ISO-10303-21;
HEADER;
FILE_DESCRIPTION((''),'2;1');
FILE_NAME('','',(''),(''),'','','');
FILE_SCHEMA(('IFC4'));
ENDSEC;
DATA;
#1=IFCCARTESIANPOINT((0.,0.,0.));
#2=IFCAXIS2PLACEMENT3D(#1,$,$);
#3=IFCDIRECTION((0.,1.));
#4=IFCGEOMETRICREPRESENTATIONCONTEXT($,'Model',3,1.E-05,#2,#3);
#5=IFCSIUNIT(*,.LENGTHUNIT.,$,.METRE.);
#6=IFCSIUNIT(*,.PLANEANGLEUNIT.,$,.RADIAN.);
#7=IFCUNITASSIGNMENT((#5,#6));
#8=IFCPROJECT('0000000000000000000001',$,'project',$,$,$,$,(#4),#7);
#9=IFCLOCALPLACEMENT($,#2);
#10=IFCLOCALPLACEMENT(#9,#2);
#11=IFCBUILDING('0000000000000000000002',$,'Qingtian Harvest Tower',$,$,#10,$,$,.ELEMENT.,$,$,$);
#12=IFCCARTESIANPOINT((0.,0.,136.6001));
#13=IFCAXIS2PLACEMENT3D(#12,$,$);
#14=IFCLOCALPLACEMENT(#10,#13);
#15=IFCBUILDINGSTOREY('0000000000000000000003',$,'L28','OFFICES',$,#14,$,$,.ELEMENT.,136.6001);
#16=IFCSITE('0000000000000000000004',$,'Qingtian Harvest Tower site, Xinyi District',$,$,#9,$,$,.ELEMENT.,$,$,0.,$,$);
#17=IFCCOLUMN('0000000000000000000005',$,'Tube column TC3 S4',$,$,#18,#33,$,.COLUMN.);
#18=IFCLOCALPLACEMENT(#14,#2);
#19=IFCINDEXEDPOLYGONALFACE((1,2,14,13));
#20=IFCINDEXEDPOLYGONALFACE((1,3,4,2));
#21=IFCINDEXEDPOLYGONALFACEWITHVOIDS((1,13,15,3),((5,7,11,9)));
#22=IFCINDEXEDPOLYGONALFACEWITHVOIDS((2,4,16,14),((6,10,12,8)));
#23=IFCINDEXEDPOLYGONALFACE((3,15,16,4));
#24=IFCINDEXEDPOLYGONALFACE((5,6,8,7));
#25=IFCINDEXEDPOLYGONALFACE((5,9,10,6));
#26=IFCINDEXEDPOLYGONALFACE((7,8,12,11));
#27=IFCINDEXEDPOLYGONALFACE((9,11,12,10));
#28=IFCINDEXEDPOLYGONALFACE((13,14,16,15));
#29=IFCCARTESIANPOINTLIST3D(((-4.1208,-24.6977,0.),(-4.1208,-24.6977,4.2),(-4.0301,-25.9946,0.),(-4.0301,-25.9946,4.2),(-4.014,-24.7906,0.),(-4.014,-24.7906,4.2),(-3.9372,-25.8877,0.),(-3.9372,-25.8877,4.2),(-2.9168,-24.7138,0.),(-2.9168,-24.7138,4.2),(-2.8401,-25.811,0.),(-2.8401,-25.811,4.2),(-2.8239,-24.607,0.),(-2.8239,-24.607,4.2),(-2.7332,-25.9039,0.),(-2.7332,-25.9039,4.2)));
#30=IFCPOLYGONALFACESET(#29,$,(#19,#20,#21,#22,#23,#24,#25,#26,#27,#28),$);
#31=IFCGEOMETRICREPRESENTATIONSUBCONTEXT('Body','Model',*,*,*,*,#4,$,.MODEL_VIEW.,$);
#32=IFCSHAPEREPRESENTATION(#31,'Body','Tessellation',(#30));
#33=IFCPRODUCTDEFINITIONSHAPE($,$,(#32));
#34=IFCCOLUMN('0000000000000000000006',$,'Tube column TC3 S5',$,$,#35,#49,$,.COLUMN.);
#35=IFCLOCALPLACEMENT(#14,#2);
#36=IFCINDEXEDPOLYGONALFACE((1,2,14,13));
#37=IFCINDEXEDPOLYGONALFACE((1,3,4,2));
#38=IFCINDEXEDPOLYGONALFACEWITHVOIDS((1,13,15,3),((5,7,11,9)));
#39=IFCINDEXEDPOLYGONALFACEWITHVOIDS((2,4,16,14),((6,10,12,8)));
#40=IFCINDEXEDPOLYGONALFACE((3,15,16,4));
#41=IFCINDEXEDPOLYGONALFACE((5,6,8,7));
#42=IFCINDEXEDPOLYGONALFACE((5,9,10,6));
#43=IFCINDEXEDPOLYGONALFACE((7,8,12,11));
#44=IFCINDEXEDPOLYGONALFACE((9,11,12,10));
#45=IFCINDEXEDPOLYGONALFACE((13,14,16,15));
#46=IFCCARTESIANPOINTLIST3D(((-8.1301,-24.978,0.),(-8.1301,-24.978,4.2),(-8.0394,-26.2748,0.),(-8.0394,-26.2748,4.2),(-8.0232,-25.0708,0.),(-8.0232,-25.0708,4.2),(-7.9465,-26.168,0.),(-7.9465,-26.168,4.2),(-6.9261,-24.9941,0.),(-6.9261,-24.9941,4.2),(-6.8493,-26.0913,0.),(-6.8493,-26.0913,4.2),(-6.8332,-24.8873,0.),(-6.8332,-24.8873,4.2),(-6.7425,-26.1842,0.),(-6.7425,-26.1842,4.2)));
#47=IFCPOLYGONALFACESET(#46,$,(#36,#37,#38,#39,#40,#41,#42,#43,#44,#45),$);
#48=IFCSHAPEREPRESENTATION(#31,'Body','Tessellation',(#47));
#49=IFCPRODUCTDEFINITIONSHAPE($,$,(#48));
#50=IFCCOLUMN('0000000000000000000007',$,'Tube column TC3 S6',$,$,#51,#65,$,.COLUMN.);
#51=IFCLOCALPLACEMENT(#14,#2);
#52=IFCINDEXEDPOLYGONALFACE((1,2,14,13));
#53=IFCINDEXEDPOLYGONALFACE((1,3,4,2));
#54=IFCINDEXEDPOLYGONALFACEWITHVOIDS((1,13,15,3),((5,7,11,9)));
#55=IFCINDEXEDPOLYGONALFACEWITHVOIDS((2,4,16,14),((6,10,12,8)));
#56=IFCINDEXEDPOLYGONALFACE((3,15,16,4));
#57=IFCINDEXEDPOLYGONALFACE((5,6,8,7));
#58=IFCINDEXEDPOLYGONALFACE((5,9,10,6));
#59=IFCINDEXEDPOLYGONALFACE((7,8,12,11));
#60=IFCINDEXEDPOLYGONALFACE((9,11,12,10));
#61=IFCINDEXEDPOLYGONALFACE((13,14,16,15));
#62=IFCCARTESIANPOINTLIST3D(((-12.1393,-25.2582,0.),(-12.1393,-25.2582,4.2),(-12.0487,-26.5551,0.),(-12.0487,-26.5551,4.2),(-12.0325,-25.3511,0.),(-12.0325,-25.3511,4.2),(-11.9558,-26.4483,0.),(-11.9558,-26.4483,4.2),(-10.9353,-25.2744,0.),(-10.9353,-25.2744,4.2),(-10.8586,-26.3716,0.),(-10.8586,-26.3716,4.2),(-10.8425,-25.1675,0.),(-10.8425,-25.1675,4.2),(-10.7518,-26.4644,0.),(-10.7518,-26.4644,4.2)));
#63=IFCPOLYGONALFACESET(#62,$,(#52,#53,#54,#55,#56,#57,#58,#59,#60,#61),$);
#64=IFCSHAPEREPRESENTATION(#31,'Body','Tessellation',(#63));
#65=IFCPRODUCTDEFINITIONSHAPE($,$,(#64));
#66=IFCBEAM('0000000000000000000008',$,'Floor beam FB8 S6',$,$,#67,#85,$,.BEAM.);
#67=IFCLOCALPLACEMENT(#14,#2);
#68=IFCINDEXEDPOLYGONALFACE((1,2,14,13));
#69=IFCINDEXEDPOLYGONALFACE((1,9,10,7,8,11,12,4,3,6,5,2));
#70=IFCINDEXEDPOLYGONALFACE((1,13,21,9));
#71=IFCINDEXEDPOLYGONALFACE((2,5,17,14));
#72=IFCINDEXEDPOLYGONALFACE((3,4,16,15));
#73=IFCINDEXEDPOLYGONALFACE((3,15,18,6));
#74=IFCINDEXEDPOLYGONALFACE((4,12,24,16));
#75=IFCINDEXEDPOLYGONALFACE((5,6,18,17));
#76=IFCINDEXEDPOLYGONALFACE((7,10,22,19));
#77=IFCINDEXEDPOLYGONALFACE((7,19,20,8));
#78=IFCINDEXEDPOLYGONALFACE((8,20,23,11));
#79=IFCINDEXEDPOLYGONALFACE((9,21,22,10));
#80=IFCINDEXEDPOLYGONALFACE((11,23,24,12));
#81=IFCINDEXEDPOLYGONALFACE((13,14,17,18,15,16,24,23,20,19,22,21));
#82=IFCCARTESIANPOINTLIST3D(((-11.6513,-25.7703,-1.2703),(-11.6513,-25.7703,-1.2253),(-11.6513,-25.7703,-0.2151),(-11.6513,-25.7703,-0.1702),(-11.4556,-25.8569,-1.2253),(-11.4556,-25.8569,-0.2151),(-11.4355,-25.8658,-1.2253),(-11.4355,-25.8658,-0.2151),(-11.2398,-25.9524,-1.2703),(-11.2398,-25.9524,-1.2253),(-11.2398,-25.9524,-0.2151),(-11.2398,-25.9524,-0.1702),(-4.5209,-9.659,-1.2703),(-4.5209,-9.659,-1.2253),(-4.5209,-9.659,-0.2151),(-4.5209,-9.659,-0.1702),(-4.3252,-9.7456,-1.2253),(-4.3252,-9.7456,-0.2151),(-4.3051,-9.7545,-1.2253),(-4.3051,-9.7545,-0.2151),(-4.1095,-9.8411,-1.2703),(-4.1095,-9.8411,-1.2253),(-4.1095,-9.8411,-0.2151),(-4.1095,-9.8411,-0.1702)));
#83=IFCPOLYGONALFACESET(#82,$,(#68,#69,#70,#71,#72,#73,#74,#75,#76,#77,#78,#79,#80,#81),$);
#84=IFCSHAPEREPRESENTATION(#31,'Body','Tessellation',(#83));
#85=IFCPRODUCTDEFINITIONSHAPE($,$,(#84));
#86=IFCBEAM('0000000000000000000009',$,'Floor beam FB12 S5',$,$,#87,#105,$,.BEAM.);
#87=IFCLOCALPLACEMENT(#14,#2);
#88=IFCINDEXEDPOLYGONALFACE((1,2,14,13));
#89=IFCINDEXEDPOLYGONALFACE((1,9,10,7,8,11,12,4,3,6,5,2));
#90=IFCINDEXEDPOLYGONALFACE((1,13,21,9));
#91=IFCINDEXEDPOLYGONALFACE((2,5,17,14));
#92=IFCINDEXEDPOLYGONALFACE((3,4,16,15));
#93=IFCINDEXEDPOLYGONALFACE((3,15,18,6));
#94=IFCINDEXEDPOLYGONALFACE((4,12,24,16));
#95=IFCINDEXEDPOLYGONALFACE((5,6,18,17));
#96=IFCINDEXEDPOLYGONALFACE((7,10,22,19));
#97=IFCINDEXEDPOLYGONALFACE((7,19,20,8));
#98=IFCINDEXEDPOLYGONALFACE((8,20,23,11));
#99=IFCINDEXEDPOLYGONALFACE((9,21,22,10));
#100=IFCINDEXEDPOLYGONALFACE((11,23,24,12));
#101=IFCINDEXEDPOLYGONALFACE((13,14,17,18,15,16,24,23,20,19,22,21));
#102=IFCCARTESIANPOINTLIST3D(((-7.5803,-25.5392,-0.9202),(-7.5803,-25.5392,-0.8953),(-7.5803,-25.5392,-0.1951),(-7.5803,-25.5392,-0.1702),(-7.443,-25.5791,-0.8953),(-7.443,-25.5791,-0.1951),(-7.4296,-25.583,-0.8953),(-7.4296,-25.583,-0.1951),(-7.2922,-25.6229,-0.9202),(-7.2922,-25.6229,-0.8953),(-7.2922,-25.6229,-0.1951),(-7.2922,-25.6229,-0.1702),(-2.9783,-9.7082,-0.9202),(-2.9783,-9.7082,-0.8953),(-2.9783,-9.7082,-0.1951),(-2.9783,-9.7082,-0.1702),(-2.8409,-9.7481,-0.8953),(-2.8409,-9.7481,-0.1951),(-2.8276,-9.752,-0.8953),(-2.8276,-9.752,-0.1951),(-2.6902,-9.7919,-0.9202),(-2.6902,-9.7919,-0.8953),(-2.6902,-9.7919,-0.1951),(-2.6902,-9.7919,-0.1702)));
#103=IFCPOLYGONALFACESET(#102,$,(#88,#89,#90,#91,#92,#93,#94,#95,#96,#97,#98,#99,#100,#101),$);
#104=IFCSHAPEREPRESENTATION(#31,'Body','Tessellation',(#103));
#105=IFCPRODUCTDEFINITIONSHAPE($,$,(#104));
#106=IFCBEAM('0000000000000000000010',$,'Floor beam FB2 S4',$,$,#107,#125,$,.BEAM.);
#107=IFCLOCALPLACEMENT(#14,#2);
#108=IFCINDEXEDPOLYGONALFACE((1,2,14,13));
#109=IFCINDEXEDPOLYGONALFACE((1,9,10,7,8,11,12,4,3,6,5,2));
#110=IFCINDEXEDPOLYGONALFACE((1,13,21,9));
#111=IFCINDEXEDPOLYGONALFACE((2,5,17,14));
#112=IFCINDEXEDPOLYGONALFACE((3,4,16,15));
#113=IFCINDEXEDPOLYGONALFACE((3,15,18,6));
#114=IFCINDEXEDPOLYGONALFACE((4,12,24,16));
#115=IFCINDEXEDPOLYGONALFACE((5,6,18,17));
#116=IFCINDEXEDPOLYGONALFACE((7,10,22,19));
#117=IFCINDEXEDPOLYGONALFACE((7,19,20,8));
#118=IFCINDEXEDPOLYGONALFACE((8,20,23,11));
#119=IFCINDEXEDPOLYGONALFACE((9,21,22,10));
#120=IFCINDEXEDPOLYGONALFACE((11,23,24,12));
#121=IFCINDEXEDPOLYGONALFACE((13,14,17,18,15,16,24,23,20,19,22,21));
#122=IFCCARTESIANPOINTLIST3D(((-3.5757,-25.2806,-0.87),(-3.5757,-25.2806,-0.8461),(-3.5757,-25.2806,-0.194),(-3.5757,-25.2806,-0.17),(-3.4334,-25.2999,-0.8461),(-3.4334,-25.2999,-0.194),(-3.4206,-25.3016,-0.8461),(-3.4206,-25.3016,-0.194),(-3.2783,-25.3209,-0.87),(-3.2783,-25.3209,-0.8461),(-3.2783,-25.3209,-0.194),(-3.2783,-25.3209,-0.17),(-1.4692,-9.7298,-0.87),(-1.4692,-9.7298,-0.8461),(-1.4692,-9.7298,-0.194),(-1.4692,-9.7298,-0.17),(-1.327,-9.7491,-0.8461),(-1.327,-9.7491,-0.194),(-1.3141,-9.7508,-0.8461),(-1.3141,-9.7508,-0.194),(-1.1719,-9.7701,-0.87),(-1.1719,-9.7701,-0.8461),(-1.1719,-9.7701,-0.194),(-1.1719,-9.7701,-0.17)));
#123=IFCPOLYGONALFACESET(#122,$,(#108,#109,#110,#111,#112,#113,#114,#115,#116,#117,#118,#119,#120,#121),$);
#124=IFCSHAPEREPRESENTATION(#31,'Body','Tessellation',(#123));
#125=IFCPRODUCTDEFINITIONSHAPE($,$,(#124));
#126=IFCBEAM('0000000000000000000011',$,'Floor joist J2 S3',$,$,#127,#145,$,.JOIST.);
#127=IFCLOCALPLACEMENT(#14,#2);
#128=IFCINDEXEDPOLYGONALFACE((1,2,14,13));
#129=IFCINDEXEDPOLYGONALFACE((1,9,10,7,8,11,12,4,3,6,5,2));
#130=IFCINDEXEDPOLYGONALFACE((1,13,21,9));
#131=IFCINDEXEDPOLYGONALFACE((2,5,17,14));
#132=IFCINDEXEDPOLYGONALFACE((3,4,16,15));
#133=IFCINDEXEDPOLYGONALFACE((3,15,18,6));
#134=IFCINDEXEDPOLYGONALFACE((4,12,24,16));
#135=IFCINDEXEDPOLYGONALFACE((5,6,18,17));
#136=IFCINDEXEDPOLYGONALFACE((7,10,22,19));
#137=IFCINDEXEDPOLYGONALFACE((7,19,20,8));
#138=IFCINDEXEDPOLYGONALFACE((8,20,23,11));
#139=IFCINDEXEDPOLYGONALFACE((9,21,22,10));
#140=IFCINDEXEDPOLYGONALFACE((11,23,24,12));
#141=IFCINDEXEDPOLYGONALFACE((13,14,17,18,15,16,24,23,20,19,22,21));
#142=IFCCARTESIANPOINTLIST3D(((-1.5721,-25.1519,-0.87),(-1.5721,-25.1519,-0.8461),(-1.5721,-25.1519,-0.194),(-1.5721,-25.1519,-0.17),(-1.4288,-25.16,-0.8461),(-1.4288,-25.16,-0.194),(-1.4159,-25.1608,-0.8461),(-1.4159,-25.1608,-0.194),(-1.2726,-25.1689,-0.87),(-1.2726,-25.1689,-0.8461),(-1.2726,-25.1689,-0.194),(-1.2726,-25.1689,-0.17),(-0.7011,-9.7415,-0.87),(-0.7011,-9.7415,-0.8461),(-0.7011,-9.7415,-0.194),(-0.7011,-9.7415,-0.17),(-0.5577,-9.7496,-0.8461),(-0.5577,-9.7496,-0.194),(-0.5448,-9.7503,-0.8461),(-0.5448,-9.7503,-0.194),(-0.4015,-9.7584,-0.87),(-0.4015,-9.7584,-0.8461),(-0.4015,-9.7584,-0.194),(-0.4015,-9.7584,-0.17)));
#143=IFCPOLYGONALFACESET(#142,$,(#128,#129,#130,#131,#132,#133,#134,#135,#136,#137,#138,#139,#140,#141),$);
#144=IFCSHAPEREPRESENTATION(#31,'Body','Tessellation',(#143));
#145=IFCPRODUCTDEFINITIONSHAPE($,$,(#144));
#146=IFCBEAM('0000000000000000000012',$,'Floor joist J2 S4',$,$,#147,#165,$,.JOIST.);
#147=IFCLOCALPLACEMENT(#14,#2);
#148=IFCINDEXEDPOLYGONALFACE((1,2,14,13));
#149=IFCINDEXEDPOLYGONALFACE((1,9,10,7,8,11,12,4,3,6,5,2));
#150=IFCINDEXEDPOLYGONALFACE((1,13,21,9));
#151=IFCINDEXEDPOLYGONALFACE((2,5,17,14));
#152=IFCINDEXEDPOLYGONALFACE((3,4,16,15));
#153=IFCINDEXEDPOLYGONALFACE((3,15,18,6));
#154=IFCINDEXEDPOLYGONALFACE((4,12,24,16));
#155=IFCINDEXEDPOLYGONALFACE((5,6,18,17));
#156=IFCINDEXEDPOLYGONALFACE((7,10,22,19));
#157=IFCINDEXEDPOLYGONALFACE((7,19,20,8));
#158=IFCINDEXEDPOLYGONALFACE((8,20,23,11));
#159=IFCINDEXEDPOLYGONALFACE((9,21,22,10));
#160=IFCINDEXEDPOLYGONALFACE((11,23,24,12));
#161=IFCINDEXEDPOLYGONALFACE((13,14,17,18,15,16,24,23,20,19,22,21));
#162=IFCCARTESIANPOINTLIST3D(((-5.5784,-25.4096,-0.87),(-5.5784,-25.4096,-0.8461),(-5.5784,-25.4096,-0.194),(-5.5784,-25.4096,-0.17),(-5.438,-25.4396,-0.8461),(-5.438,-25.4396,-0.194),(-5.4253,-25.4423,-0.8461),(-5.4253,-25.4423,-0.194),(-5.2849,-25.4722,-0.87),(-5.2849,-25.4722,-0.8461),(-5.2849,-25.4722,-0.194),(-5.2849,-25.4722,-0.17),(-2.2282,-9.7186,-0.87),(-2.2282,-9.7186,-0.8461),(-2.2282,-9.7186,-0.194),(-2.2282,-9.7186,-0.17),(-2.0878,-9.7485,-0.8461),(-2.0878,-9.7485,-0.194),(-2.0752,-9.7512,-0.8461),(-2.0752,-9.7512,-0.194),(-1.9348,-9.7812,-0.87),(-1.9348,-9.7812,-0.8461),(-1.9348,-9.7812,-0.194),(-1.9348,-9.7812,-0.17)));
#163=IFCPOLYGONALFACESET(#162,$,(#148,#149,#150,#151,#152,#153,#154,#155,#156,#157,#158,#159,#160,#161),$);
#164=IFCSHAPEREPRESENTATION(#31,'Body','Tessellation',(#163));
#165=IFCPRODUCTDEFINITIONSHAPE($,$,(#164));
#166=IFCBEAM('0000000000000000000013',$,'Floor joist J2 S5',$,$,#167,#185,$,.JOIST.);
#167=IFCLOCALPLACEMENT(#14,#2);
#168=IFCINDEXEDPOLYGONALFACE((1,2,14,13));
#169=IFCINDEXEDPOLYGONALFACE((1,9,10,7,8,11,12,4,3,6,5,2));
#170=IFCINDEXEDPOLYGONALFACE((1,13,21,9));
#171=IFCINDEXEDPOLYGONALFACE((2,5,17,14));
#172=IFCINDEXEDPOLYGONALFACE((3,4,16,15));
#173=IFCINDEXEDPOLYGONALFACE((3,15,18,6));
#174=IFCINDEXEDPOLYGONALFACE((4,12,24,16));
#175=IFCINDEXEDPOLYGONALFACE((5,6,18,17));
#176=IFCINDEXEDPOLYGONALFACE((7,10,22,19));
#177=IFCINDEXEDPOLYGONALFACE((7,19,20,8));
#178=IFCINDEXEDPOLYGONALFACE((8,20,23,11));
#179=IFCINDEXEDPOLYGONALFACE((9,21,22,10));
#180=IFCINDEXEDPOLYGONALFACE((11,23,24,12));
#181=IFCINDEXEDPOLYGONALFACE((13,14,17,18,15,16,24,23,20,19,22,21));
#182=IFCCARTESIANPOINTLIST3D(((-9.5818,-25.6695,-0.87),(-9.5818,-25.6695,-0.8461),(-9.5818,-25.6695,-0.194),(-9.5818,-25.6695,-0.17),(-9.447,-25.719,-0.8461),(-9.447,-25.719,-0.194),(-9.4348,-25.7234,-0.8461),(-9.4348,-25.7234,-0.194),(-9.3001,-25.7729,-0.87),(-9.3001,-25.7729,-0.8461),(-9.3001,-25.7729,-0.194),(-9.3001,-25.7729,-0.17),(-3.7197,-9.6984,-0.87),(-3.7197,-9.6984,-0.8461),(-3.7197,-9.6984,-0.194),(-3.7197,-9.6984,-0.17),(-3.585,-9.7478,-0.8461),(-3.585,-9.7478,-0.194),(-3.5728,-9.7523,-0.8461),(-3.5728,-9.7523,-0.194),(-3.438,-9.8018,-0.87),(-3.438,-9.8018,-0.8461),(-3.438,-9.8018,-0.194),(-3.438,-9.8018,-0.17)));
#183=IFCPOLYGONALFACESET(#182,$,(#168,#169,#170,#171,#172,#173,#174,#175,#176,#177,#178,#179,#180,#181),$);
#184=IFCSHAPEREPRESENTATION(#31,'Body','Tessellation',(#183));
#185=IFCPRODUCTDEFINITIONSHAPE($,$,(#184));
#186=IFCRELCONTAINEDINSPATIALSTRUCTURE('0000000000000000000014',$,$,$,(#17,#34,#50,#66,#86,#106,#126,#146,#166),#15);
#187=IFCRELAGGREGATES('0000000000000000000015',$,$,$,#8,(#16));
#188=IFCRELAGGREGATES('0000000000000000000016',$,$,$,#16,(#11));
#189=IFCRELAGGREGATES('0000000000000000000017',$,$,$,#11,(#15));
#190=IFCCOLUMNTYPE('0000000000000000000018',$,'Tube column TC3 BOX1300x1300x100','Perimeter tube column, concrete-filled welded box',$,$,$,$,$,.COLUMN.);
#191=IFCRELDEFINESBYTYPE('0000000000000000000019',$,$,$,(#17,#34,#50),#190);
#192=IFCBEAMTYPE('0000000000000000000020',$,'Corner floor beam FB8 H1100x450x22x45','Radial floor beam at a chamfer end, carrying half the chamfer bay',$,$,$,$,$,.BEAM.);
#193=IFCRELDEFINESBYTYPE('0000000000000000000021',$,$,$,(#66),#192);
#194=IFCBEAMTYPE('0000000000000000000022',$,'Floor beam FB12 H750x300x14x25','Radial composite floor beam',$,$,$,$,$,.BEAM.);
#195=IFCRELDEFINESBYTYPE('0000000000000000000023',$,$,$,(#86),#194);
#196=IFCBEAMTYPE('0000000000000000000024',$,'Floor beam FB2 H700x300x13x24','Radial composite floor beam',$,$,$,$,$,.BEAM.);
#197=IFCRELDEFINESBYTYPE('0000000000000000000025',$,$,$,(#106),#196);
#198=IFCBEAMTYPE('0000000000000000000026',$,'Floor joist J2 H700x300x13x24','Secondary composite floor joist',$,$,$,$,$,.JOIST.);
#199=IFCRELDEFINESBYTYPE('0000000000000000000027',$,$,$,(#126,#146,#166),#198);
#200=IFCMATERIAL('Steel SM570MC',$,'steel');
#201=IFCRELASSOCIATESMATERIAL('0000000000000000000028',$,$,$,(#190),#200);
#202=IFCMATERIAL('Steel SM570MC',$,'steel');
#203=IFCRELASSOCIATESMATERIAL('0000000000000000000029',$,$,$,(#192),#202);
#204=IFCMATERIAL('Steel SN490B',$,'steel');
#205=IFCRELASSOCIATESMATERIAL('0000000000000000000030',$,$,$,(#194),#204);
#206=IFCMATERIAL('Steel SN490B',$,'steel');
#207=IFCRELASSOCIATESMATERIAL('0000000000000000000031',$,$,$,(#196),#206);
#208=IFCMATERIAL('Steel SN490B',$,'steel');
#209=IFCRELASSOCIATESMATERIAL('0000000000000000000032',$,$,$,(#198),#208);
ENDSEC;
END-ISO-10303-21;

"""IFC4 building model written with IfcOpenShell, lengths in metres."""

from ifc_helpers import new_model, si_unit, direction, frame, origin, origin_2d, place, context, subcontext, project, spatial, hollow_rectangle, i_section, extrude, material, material_profile, profile_set, type_object, element, save


model = new_model("IFC4")

# Units and contexts
model_context = context("Model", 3, precision=1e-05, world=origin(), true_north=direction((0.0, 1.0)))
body_context = subcontext(model_context, "Body", "Model", "MODEL_VIEW")
ifc_project = project(units=[si_unit("LENGTHUNIT", "METRE"), si_unit("PLANEANGLEUNIT", "RADIAN")], contexts=[model_context])

# Site, building, storey
site_placement = place(None, origin())
site = spatial("IfcSite", under=ifc_project, at=site_placement, Name="Qingtian Harvest Tower site, Xinyi District", CompositionType="ELEMENT", RefElevation=0.0)
building_placement = place(site_placement, origin())
building = spatial("IfcBuilding", under=site, at=building_placement, Name="Qingtian Harvest Tower", CompositionType="ELEMENT")
storey_placement = place(building_placement, frame((0.0, 0.0, 136.6001)))
storey = spatial("IfcBuildingStorey", under=building, at=storey_placement, Name="L28", Description="OFFICES", CompositionType="ELEMENT", Elevation=136.6001)

# Columns
ifc_material_1 = material(Name="Steel SM570MC", Category="steel")
ifc_material_profile_1 = material_profile(ifc_material_1, hollow_rectangle(XDim=1.3, YDim=1.3, WallThickness=0.1001, at=origin_2d()), Name="BOX1300x1300x100")
ifc_profile_set_1 = profile_set([ifc_material_profile_1], Name="Steel SM570MC")
column_type = type_object("IfcColumnType", Name="Tube column TC3 BOX1300x1300x100", Description="Perimeter tube column, concrete-filled welded box", PredefinedType="COLUMN", material=ifc_profile_set_1)
for number, where, z_axis, x_axis, name in (
    (1, (-3.427, -25.3008, 0.0), (0.0, 0.0, 1.0), (0.997564, 0.069756, 0.0), "Tube column TC3 S4"),
    (2, (-7.4363, -25.5811, 0.0), (0.0, 0.0, 1.0), (0.997564, 0.069756, 0.0), "Tube column TC3 S5"),
    (3, (-11.4456, -25.8613, 0.0), (0.0, 0.0, 1.0), (0.997564, 0.069756, 0.0), "Tube column TC3 S6"),
):
    element("IfcColumn", number, at=place(storey_placement, frame(where, z_axis=z_axis, x_axis=x_axis)), inside=storey, type_object=column_type, Name=name, PredefinedType="COLUMN", context=body_context, shape_type="SweptSolid", body=[
        extrude(hollow_rectangle(XDim=1.3, YDim=1.3, WallThickness=0.1001, at=origin_2d()), origin(), (0.0, 0.0, 1.0), 4.2),
    ])

# Beams
ifc_material_2 = material(Name="Steel SM570MC", Category="steel")
ifc_material_profile_2 = material_profile(ifc_material_2, i_section(OverallWidth=0.45, OverallDepth=1.1001, WebThickness=0.022, FlangeThickness=0.0449, at=origin_2d()), Name="H1100x450x22x45")
ifc_profile_set_2 = profile_set([ifc_material_profile_2], Name="Steel SM570MC")
beam_type_1 = type_object("IfcBeamType", Name="Corner floor beam FB8 H1100x450x22x45", Description="Radial floor beam at a chamfer end, carrying half the chamfer bay", PredefinedType="BEAM", material=ifc_profile_set_2)
beam_1_placement = place(storey_placement, frame((-11.4456, -25.8613, -0.7202), z_axis=(0.404706, 0.914447, 0.0), x_axis=(-0.914447, 0.404706, 0.0)))
element("IfcBeam", 4, at=beam_1_placement, inside=storey, type_object=beam_type_1, Name="Floor beam FB8 S6", PredefinedType="BEAM", context=body_context, shape_type="SweptSolid", body=[
    extrude(i_section(OverallWidth=0.45, OverallDepth=1.1001, WebThickness=0.022, FlangeThickness=0.0449, at=origin_2d()), origin(), (0.0, 0.0, 1.0), 17.6187),
])
ifc_material_3 = material(Name="Steel SN490B", Category="steel")
ifc_material_profile_3 = material_profile(ifc_material_3, i_section(OverallWidth=0.3, OverallDepth=0.75, WebThickness=0.0139, FlangeThickness=0.0249, at=origin_2d()), Name="H750x300x14x25")
ifc_profile_set_3 = profile_set([ifc_material_profile_3], Name="Steel SN490B")
beam_type_2 = type_object("IfcBeamType", Name="Floor beam FB12 H750x300x14x25", Description="Radial composite floor beam", PredefinedType="BEAM", material=ifc_profile_set_3)
beam_2_placement = place(storey_placement, frame((-7.4363, -25.5811, -0.5452), z_axis=(0.279142, 0.96025, 0.0), x_axis=(-0.96025, 0.279142, 0.0)))
element("IfcBeam", 5, at=beam_2_placement, inside=storey, type_object=beam_type_2, Name="Floor beam FB12 S5", PredefinedType="BEAM", context=body_context, shape_type="SweptSolid", body=[
    extrude(i_section(OverallWidth=0.3, OverallDepth=0.75, WebThickness=0.0139, FlangeThickness=0.0249, at=origin_2d()), origin(), (0.0, 0.0, 1.0), 16.4863),
])
ifc_material_4 = material(Name="Steel SN490B", Category="steel")
ifc_material_profile_4 = material_profile(ifc_material_4, i_section(OverallWidth=0.3, OverallDepth=0.7, WebThickness=0.0129, FlangeThickness=0.0239, at=origin_2d()), Name="H700x300x13x24")
ifc_profile_set_4 = profile_set([ifc_material_profile_4], Name="Steel SN490B")
beam_type_3 = type_object("IfcBeamType", Name="Floor beam FB2 H700x300x13x24", Description="Radial composite floor beam", PredefinedType="BEAM", material=ifc_profile_set_4)
beam_3_placement = place(storey_placement, frame((-3.427, -25.3008, -0.52), z_axis=(0.13423, 0.99095, 0.0), x_axis=(-0.99095, 0.13423, 0.0)))
element("IfcBeam", 6, at=beam_3_placement, inside=storey, type_object=beam_type_3, Name="Floor beam FB2 S4", PredefinedType="BEAM", context=body_context, shape_type="SweptSolid", body=[
    extrude(i_section(OverallWidth=0.3, OverallDepth=0.7, WebThickness=0.0129, FlangeThickness=0.0239, at=origin_2d()), origin(), (0.0, 0.0, 1.0), 15.6929),
])
ifc_material_5 = material(Name="Steel SN490B", Category="steel")
ifc_material_profile_5 = material_profile(ifc_material_5, i_section(OverallWidth=0.3, OverallDepth=0.7, WebThickness=0.0129, FlangeThickness=0.0239, at=origin_2d()), Name="H700x300x13x24")
ifc_profile_set_5 = profile_set([ifc_material_profile_5], Name="Steel SN490B")
beam_type_4 = type_object("IfcBeamType", Name="Floor joist J2 H700x300x13x24", Description="Secondary composite floor joist", PredefinedType="JOIST", material=ifc_profile_set_5)
beam_4_placement = place(storey_placement, frame((-1.4224, -25.1604, -0.52), z_axis=(0.056436, 0.998406, 0.0), x_axis=(-0.998406, 0.056436, 0.0)))
element("IfcBeam", 7, at=beam_4_placement, inside=storey, type_object=beam_type_4, Name="Floor joist J2 S3", PredefinedType="JOIST", context=body_context, shape_type="SweptSolid", body=[
    extrude(i_section(OverallWidth=0.3, OverallDepth=0.7, WebThickness=0.0129, FlangeThickness=0.0239, at=origin_2d()), origin(), (0.0, 0.0, 1.0), 15.4351),
])
beam_5_placement = place(storey_placement, frame((-5.4316, -25.4409, -0.52), z_axis=(0.2088, 0.977958, 0.0), x_axis=(-0.977958, 0.2088, 0.0)))
element("IfcBeam", 8, at=beam_5_placement, inside=storey, type_object=beam_type_4, Name="Floor joist J2 S4", PredefinedType="JOIST", context=body_context, shape_type="SweptSolid", body=[
    extrude(i_section(OverallWidth=0.3, OverallDepth=0.7, WebThickness=0.0129, FlangeThickness=0.0239, at=origin_2d()), origin(), (0.0, 0.0, 1.0), 16.0447),
])
beam_6_placement = place(storey_placement, frame((-9.4409, -25.7212, -0.52), z_axis=(0.344563, 0.938763, 0.0), x_axis=(-0.938763, 0.344563, 0.0)))
element("IfcBeam", 9, at=beam_6_placement, inside=storey, type_object=beam_type_4, Name="Floor joist J2 S5", PredefinedType="JOIST", context=body_context, shape_type="SweptSolid", body=[
    extrude(i_section(OverallWidth=0.3, OverallDepth=0.7, WebThickness=0.0129, FlangeThickness=0.0239, at=origin_2d()), origin(), (0.0, 0.0, 1.0), 17.0129),
])

save(model, "model.ifc")
